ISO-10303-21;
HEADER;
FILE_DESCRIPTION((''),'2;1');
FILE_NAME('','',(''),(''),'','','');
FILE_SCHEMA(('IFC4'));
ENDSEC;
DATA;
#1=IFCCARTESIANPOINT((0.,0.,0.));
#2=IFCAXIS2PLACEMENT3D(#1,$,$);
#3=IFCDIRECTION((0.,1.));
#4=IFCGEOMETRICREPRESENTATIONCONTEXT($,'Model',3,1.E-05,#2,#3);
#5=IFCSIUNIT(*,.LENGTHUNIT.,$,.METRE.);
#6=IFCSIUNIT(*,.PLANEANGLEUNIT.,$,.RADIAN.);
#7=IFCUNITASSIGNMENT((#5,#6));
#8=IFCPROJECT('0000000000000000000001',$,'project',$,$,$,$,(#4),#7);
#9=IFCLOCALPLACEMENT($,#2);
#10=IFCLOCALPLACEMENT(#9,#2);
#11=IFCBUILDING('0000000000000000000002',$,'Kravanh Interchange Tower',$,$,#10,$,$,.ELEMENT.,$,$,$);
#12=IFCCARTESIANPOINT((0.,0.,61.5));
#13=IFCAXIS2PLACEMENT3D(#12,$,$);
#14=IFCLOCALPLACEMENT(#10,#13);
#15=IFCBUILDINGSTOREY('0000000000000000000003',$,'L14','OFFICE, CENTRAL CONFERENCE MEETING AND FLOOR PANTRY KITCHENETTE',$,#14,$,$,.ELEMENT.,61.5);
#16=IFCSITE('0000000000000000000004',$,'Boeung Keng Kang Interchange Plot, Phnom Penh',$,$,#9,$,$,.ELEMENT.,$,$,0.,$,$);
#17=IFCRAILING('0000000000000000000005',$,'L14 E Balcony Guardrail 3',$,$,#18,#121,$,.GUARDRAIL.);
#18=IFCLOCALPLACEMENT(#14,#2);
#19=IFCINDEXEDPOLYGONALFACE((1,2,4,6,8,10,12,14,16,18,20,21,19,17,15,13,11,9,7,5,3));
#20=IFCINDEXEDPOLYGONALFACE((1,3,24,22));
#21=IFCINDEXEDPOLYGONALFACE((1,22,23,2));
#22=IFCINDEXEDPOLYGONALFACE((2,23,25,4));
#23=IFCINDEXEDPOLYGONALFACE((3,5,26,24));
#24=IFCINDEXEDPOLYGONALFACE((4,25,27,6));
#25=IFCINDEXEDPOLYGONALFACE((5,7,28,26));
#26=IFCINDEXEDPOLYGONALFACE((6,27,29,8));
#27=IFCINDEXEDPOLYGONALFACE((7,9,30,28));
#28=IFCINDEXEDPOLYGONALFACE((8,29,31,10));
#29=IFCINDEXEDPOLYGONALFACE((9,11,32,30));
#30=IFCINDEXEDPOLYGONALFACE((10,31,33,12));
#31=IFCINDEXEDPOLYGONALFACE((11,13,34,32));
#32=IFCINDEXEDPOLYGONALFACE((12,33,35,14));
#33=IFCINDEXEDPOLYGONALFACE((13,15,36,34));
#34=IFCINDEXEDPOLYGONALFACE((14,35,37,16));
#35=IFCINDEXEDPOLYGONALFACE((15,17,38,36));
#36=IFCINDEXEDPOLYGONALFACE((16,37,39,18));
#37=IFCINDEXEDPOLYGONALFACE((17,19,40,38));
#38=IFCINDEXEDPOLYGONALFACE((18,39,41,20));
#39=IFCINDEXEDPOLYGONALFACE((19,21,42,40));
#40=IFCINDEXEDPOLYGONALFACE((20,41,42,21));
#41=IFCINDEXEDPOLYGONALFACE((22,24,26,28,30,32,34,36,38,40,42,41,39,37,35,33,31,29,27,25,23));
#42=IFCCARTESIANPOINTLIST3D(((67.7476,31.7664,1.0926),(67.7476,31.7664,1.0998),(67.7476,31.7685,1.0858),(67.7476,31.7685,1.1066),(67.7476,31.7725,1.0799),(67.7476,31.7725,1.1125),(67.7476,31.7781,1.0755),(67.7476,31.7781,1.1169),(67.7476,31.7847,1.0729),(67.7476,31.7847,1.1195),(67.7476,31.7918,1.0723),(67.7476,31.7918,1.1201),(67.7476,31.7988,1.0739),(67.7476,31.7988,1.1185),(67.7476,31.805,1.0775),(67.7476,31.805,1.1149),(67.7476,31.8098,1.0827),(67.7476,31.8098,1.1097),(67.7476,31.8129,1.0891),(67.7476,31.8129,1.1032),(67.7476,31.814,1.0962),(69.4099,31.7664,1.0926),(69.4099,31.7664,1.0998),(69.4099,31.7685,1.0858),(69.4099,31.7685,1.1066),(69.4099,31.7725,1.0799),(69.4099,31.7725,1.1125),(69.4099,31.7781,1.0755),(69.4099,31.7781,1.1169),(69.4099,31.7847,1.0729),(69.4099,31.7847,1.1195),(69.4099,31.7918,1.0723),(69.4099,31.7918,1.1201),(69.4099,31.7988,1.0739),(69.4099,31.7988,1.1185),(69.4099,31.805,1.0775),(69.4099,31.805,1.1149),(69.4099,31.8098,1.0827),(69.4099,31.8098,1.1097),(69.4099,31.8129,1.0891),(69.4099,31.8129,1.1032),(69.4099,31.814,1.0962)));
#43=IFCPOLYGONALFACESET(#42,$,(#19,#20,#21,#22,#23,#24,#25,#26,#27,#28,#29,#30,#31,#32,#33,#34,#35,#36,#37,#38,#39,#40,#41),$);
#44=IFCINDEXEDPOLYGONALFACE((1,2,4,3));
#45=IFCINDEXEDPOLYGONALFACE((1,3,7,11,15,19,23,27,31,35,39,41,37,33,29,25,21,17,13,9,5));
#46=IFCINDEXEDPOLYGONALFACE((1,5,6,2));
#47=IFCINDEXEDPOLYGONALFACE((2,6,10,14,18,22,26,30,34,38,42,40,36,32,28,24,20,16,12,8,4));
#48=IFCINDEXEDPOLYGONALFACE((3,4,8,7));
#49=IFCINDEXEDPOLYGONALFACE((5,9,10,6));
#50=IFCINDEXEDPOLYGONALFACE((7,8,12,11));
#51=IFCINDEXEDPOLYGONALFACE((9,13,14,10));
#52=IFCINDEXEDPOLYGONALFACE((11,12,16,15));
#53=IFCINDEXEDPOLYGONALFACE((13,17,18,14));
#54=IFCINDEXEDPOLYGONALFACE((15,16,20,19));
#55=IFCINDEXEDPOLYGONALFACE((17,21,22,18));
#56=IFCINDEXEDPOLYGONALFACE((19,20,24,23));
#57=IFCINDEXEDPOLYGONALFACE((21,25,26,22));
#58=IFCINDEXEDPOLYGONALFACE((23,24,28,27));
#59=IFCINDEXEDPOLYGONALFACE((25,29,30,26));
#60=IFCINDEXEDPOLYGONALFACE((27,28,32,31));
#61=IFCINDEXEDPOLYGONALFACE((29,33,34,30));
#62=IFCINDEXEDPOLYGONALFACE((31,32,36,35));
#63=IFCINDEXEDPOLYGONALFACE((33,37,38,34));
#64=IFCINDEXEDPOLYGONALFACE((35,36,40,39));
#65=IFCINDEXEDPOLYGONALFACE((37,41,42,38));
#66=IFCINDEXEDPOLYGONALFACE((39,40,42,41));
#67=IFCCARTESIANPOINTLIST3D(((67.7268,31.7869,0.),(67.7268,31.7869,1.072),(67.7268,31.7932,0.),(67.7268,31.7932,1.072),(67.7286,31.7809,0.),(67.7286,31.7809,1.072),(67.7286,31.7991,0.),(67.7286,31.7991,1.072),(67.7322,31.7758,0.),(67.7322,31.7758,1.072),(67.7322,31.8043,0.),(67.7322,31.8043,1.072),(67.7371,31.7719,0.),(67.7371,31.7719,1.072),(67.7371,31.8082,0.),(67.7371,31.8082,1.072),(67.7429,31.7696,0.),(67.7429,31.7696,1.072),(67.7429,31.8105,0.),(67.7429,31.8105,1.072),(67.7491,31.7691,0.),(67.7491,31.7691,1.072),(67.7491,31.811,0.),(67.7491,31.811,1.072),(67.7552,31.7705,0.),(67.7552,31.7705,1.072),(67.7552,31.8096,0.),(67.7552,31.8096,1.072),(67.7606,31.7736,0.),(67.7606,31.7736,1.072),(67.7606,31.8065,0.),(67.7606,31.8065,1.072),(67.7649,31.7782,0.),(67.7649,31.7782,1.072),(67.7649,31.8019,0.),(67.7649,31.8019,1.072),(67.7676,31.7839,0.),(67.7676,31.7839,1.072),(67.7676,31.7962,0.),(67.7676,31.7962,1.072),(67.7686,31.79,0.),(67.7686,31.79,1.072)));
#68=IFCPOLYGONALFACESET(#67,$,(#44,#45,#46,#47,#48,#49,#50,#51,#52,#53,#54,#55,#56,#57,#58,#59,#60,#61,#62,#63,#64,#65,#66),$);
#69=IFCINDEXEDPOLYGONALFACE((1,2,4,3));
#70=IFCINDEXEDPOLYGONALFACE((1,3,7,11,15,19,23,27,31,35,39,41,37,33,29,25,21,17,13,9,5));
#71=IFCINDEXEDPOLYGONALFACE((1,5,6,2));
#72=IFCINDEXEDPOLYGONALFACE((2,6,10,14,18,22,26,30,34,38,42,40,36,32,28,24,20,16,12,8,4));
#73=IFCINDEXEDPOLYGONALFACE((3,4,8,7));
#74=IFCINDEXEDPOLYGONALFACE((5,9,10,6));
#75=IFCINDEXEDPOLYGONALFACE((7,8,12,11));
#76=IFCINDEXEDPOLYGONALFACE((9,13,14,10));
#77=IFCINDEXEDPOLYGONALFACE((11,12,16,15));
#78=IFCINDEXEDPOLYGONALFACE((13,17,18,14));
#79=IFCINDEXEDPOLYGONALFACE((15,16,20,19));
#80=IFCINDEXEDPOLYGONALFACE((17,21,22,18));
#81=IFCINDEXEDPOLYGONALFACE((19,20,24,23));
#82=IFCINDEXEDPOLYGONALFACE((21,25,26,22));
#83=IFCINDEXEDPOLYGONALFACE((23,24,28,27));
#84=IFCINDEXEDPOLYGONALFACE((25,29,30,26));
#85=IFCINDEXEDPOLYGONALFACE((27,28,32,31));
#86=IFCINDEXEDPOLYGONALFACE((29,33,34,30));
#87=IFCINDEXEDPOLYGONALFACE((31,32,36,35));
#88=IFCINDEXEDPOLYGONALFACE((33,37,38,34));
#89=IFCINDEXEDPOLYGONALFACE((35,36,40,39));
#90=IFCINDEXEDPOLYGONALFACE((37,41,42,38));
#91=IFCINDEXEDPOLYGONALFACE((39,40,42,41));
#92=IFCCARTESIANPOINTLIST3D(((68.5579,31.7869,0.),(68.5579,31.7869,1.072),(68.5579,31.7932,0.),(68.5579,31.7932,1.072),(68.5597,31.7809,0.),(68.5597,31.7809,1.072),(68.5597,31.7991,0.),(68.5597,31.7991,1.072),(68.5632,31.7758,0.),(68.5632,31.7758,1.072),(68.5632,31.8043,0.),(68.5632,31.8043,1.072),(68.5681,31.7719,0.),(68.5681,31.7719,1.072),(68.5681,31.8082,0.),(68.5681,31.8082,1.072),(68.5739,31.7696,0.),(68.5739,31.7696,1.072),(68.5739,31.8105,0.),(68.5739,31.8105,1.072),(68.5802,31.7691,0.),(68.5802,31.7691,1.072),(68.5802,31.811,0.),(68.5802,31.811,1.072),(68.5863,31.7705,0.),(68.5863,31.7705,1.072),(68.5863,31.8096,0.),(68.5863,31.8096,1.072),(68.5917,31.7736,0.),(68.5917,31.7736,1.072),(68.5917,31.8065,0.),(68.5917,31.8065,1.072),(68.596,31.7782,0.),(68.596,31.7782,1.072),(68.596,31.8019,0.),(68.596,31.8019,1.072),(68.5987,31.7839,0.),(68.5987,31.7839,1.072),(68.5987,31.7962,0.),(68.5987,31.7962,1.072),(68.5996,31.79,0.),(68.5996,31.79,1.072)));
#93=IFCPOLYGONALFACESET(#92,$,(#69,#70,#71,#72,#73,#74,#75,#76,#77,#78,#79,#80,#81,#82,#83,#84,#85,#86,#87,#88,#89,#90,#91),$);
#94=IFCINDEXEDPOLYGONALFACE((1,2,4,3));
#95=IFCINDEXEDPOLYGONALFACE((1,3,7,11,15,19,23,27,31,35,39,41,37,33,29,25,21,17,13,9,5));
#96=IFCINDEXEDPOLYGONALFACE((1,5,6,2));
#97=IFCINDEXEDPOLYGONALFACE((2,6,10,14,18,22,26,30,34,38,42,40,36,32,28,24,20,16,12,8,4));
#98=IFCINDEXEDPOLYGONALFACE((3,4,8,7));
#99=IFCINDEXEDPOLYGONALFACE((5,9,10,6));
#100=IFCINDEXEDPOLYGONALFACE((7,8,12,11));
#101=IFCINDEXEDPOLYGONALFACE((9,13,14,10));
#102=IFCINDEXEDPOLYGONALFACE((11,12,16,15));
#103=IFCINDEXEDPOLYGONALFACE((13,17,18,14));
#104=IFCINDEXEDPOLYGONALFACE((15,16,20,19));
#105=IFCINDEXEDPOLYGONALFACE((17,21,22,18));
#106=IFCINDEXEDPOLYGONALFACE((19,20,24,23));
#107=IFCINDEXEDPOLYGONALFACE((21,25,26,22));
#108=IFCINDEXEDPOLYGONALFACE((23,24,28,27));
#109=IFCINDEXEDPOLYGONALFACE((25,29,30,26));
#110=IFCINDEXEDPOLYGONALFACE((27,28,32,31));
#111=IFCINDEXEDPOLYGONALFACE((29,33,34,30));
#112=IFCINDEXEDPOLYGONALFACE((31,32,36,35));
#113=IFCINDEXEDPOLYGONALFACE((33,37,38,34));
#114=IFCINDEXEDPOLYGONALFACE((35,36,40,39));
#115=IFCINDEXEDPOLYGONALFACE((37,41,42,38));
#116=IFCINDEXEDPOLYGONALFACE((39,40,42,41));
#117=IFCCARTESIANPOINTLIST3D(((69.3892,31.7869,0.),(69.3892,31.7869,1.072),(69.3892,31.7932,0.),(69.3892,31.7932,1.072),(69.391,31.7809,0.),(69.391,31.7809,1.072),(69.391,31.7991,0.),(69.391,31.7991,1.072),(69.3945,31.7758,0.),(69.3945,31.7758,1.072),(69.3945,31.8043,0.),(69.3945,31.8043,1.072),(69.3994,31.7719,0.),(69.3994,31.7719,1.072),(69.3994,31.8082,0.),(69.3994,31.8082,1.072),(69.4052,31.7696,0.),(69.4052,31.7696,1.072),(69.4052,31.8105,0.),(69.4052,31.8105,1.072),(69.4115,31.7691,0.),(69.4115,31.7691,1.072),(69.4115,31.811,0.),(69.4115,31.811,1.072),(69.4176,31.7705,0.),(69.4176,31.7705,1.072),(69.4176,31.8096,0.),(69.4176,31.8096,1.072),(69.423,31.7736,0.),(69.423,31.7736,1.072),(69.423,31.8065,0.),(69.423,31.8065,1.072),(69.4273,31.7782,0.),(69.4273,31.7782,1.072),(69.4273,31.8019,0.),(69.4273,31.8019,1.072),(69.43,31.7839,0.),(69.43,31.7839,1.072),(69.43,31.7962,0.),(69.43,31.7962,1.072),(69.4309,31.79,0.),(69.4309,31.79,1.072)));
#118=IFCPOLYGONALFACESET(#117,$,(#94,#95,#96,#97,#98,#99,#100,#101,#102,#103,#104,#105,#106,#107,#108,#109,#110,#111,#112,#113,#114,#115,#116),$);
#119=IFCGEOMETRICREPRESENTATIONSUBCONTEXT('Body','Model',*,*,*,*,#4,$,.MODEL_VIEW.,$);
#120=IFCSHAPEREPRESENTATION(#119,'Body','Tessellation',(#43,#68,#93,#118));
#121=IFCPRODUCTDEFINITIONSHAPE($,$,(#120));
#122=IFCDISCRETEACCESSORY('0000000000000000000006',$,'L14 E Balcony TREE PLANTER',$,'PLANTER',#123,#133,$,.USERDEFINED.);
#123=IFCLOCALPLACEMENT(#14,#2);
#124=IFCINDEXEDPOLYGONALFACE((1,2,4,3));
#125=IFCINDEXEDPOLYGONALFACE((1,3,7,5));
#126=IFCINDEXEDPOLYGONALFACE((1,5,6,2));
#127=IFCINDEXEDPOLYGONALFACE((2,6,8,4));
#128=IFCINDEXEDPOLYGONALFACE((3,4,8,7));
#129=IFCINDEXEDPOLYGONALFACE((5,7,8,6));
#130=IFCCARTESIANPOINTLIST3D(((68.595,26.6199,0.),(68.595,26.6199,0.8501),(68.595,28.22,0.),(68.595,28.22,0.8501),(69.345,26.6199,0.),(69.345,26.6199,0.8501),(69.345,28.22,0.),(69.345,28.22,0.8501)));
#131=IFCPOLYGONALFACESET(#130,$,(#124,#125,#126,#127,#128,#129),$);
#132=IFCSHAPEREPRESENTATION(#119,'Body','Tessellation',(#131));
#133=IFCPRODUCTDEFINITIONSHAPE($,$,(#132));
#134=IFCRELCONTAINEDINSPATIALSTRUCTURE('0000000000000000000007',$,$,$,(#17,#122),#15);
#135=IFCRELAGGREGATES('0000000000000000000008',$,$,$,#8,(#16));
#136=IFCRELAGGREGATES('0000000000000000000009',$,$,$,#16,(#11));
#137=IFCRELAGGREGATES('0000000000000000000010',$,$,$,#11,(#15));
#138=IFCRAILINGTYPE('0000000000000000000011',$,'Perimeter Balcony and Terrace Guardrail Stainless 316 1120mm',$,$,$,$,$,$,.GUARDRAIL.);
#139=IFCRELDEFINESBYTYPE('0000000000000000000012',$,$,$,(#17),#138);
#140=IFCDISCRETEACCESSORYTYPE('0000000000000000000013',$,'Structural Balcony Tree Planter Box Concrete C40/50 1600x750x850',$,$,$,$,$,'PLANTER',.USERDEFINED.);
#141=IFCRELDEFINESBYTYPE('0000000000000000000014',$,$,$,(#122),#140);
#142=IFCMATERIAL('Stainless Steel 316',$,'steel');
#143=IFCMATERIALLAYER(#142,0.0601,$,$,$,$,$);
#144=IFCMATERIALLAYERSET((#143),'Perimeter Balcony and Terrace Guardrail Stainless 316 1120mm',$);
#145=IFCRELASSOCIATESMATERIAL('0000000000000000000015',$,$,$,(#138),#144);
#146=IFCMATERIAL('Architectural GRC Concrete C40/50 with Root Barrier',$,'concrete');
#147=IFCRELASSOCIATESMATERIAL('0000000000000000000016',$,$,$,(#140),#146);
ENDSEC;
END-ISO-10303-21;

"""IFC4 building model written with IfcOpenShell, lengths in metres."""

from ifc_helpers import new_model, si_unit, direction, frame, origin, origin_2d, place, context, subcontext, project, spatial, rectangle, circle, extrude, material, layer, layer_set, type_object, element, save


model = new_model("IFC4")

# Units and contexts
model_context = context("Model", 3, precision=1e-05, world=origin(), true_north=direction((0.0, 1.0)))
body_context = subcontext(model_context, "Body", "Model", "MODEL_VIEW")
ifc_project = project(units=[si_unit("LENGTHUNIT", "METRE"), si_unit("PLANEANGLEUNIT", "RADIAN")], contexts=[model_context])

# Site, building, storey
site_placement = place(None, origin())
site = spatial("IfcSite", under=ifc_project, at=site_placement, Name="Boeung Keng Kang Interchange Plot, Phnom Penh", CompositionType="ELEMENT", RefElevation=0.0)
building_placement = place(site_placement, origin())
building = spatial("IfcBuilding", under=site, at=building_placement, Name="Kravanh Interchange Tower", CompositionType="ELEMENT")
storey_placement = place(building_placement, frame((0.0, 0.0, 61.5)))
storey = spatial("IfcBuildingStorey", under=building, at=storey_placement, Name="L14", Description="OFFICE, CENTRAL CONFERENCE MEETING AND FLOOR PANTRY KITCHENETTE", CompositionType="ELEMENT", Elevation=61.5)

# Railing
ifc_material_1 = material(Name="Stainless Steel 316", Category="steel")
ifc_layer_1 = layer(ifc_material_1, 0.0601)
ifc_layer_set_1 = layer_set([ifc_layer_1], Name="Perimeter Balcony and Terrace Guardrail Stainless 316 1120mm")
railing_type = type_object("IfcRailingType", Name="Perimeter Balcony and Terrace Guardrail Stainless 316 1120mm", PredefinedType="GUARDRAIL", material=ifc_layer_set_1)
railing_1_placement = place(storey_placement, frame((67.7476, 31.79, 0.0)))
element("IfcRailing", 1, at=railing_1_placement, inside=storey, type_object=railing_type, Name="L14 E Balcony Guardrail 3", PredefinedType="GUARDRAIL", context=body_context, shape_type="SweptSolid", body=[
    extrude(circle(Radius=0.0239, at=origin_2d()), frame((0.0, 0.0, 1.0962), z_axis=(1.0, 0.0, 0.0), x_axis=(0.0, 1.0, 0.0)), (0.0, 0.0, 1.0), 1.6624),
    extrude(circle(Radius=0.021, at=origin_2d()), origin(), (0.0, 0.0, 1.0), 1.072),
    extrude(circle(Radius=0.021, at=origin_2d()), frame((0.8311, 0.0, 0.0)), (0.0, 0.0, 1.0), 1.072),
    extrude(circle(Radius=0.021, at=origin_2d()), frame((1.6624, 0.0, 0.0)), (0.0, 0.0, 1.0), 1.072),
])

# Discrete accessory
ifc_material_2 = material(Name="Architectural GRC Concrete C40/50 with Root Barrier", Category="concrete")
discrete_accessory_type = type_object("IfcDiscreteAccessoryType", Name="Structural Balcony Tree Planter Box Concrete C40/50 1600x750x850", ElementType="PLANTER", PredefinedType="USERDEFINED", material=ifc_material_2)
discrete_accessory_placement = place(storey_placement, frame((68.97, 27.4199, 0.0), z_axis=(0.0, 0.0, 1.0), x_axis=(1.0, 0.0, 0.0)))
element("IfcDiscreteAccessory", 2, at=discrete_accessory_placement, inside=storey, type_object=discrete_accessory_type, Name="L14 E Balcony TREE PLANTER", ObjectType="PLANTER", PredefinedType="USERDEFINED", context=body_context, shape_type="SweptSolid", body=[
    extrude(rectangle(XDim=0.75, YDim=1.6001, at=origin_2d()), origin(), (0.0, 0.0, 1.0), 0.8501),
])

save(model, "model.ifc")
